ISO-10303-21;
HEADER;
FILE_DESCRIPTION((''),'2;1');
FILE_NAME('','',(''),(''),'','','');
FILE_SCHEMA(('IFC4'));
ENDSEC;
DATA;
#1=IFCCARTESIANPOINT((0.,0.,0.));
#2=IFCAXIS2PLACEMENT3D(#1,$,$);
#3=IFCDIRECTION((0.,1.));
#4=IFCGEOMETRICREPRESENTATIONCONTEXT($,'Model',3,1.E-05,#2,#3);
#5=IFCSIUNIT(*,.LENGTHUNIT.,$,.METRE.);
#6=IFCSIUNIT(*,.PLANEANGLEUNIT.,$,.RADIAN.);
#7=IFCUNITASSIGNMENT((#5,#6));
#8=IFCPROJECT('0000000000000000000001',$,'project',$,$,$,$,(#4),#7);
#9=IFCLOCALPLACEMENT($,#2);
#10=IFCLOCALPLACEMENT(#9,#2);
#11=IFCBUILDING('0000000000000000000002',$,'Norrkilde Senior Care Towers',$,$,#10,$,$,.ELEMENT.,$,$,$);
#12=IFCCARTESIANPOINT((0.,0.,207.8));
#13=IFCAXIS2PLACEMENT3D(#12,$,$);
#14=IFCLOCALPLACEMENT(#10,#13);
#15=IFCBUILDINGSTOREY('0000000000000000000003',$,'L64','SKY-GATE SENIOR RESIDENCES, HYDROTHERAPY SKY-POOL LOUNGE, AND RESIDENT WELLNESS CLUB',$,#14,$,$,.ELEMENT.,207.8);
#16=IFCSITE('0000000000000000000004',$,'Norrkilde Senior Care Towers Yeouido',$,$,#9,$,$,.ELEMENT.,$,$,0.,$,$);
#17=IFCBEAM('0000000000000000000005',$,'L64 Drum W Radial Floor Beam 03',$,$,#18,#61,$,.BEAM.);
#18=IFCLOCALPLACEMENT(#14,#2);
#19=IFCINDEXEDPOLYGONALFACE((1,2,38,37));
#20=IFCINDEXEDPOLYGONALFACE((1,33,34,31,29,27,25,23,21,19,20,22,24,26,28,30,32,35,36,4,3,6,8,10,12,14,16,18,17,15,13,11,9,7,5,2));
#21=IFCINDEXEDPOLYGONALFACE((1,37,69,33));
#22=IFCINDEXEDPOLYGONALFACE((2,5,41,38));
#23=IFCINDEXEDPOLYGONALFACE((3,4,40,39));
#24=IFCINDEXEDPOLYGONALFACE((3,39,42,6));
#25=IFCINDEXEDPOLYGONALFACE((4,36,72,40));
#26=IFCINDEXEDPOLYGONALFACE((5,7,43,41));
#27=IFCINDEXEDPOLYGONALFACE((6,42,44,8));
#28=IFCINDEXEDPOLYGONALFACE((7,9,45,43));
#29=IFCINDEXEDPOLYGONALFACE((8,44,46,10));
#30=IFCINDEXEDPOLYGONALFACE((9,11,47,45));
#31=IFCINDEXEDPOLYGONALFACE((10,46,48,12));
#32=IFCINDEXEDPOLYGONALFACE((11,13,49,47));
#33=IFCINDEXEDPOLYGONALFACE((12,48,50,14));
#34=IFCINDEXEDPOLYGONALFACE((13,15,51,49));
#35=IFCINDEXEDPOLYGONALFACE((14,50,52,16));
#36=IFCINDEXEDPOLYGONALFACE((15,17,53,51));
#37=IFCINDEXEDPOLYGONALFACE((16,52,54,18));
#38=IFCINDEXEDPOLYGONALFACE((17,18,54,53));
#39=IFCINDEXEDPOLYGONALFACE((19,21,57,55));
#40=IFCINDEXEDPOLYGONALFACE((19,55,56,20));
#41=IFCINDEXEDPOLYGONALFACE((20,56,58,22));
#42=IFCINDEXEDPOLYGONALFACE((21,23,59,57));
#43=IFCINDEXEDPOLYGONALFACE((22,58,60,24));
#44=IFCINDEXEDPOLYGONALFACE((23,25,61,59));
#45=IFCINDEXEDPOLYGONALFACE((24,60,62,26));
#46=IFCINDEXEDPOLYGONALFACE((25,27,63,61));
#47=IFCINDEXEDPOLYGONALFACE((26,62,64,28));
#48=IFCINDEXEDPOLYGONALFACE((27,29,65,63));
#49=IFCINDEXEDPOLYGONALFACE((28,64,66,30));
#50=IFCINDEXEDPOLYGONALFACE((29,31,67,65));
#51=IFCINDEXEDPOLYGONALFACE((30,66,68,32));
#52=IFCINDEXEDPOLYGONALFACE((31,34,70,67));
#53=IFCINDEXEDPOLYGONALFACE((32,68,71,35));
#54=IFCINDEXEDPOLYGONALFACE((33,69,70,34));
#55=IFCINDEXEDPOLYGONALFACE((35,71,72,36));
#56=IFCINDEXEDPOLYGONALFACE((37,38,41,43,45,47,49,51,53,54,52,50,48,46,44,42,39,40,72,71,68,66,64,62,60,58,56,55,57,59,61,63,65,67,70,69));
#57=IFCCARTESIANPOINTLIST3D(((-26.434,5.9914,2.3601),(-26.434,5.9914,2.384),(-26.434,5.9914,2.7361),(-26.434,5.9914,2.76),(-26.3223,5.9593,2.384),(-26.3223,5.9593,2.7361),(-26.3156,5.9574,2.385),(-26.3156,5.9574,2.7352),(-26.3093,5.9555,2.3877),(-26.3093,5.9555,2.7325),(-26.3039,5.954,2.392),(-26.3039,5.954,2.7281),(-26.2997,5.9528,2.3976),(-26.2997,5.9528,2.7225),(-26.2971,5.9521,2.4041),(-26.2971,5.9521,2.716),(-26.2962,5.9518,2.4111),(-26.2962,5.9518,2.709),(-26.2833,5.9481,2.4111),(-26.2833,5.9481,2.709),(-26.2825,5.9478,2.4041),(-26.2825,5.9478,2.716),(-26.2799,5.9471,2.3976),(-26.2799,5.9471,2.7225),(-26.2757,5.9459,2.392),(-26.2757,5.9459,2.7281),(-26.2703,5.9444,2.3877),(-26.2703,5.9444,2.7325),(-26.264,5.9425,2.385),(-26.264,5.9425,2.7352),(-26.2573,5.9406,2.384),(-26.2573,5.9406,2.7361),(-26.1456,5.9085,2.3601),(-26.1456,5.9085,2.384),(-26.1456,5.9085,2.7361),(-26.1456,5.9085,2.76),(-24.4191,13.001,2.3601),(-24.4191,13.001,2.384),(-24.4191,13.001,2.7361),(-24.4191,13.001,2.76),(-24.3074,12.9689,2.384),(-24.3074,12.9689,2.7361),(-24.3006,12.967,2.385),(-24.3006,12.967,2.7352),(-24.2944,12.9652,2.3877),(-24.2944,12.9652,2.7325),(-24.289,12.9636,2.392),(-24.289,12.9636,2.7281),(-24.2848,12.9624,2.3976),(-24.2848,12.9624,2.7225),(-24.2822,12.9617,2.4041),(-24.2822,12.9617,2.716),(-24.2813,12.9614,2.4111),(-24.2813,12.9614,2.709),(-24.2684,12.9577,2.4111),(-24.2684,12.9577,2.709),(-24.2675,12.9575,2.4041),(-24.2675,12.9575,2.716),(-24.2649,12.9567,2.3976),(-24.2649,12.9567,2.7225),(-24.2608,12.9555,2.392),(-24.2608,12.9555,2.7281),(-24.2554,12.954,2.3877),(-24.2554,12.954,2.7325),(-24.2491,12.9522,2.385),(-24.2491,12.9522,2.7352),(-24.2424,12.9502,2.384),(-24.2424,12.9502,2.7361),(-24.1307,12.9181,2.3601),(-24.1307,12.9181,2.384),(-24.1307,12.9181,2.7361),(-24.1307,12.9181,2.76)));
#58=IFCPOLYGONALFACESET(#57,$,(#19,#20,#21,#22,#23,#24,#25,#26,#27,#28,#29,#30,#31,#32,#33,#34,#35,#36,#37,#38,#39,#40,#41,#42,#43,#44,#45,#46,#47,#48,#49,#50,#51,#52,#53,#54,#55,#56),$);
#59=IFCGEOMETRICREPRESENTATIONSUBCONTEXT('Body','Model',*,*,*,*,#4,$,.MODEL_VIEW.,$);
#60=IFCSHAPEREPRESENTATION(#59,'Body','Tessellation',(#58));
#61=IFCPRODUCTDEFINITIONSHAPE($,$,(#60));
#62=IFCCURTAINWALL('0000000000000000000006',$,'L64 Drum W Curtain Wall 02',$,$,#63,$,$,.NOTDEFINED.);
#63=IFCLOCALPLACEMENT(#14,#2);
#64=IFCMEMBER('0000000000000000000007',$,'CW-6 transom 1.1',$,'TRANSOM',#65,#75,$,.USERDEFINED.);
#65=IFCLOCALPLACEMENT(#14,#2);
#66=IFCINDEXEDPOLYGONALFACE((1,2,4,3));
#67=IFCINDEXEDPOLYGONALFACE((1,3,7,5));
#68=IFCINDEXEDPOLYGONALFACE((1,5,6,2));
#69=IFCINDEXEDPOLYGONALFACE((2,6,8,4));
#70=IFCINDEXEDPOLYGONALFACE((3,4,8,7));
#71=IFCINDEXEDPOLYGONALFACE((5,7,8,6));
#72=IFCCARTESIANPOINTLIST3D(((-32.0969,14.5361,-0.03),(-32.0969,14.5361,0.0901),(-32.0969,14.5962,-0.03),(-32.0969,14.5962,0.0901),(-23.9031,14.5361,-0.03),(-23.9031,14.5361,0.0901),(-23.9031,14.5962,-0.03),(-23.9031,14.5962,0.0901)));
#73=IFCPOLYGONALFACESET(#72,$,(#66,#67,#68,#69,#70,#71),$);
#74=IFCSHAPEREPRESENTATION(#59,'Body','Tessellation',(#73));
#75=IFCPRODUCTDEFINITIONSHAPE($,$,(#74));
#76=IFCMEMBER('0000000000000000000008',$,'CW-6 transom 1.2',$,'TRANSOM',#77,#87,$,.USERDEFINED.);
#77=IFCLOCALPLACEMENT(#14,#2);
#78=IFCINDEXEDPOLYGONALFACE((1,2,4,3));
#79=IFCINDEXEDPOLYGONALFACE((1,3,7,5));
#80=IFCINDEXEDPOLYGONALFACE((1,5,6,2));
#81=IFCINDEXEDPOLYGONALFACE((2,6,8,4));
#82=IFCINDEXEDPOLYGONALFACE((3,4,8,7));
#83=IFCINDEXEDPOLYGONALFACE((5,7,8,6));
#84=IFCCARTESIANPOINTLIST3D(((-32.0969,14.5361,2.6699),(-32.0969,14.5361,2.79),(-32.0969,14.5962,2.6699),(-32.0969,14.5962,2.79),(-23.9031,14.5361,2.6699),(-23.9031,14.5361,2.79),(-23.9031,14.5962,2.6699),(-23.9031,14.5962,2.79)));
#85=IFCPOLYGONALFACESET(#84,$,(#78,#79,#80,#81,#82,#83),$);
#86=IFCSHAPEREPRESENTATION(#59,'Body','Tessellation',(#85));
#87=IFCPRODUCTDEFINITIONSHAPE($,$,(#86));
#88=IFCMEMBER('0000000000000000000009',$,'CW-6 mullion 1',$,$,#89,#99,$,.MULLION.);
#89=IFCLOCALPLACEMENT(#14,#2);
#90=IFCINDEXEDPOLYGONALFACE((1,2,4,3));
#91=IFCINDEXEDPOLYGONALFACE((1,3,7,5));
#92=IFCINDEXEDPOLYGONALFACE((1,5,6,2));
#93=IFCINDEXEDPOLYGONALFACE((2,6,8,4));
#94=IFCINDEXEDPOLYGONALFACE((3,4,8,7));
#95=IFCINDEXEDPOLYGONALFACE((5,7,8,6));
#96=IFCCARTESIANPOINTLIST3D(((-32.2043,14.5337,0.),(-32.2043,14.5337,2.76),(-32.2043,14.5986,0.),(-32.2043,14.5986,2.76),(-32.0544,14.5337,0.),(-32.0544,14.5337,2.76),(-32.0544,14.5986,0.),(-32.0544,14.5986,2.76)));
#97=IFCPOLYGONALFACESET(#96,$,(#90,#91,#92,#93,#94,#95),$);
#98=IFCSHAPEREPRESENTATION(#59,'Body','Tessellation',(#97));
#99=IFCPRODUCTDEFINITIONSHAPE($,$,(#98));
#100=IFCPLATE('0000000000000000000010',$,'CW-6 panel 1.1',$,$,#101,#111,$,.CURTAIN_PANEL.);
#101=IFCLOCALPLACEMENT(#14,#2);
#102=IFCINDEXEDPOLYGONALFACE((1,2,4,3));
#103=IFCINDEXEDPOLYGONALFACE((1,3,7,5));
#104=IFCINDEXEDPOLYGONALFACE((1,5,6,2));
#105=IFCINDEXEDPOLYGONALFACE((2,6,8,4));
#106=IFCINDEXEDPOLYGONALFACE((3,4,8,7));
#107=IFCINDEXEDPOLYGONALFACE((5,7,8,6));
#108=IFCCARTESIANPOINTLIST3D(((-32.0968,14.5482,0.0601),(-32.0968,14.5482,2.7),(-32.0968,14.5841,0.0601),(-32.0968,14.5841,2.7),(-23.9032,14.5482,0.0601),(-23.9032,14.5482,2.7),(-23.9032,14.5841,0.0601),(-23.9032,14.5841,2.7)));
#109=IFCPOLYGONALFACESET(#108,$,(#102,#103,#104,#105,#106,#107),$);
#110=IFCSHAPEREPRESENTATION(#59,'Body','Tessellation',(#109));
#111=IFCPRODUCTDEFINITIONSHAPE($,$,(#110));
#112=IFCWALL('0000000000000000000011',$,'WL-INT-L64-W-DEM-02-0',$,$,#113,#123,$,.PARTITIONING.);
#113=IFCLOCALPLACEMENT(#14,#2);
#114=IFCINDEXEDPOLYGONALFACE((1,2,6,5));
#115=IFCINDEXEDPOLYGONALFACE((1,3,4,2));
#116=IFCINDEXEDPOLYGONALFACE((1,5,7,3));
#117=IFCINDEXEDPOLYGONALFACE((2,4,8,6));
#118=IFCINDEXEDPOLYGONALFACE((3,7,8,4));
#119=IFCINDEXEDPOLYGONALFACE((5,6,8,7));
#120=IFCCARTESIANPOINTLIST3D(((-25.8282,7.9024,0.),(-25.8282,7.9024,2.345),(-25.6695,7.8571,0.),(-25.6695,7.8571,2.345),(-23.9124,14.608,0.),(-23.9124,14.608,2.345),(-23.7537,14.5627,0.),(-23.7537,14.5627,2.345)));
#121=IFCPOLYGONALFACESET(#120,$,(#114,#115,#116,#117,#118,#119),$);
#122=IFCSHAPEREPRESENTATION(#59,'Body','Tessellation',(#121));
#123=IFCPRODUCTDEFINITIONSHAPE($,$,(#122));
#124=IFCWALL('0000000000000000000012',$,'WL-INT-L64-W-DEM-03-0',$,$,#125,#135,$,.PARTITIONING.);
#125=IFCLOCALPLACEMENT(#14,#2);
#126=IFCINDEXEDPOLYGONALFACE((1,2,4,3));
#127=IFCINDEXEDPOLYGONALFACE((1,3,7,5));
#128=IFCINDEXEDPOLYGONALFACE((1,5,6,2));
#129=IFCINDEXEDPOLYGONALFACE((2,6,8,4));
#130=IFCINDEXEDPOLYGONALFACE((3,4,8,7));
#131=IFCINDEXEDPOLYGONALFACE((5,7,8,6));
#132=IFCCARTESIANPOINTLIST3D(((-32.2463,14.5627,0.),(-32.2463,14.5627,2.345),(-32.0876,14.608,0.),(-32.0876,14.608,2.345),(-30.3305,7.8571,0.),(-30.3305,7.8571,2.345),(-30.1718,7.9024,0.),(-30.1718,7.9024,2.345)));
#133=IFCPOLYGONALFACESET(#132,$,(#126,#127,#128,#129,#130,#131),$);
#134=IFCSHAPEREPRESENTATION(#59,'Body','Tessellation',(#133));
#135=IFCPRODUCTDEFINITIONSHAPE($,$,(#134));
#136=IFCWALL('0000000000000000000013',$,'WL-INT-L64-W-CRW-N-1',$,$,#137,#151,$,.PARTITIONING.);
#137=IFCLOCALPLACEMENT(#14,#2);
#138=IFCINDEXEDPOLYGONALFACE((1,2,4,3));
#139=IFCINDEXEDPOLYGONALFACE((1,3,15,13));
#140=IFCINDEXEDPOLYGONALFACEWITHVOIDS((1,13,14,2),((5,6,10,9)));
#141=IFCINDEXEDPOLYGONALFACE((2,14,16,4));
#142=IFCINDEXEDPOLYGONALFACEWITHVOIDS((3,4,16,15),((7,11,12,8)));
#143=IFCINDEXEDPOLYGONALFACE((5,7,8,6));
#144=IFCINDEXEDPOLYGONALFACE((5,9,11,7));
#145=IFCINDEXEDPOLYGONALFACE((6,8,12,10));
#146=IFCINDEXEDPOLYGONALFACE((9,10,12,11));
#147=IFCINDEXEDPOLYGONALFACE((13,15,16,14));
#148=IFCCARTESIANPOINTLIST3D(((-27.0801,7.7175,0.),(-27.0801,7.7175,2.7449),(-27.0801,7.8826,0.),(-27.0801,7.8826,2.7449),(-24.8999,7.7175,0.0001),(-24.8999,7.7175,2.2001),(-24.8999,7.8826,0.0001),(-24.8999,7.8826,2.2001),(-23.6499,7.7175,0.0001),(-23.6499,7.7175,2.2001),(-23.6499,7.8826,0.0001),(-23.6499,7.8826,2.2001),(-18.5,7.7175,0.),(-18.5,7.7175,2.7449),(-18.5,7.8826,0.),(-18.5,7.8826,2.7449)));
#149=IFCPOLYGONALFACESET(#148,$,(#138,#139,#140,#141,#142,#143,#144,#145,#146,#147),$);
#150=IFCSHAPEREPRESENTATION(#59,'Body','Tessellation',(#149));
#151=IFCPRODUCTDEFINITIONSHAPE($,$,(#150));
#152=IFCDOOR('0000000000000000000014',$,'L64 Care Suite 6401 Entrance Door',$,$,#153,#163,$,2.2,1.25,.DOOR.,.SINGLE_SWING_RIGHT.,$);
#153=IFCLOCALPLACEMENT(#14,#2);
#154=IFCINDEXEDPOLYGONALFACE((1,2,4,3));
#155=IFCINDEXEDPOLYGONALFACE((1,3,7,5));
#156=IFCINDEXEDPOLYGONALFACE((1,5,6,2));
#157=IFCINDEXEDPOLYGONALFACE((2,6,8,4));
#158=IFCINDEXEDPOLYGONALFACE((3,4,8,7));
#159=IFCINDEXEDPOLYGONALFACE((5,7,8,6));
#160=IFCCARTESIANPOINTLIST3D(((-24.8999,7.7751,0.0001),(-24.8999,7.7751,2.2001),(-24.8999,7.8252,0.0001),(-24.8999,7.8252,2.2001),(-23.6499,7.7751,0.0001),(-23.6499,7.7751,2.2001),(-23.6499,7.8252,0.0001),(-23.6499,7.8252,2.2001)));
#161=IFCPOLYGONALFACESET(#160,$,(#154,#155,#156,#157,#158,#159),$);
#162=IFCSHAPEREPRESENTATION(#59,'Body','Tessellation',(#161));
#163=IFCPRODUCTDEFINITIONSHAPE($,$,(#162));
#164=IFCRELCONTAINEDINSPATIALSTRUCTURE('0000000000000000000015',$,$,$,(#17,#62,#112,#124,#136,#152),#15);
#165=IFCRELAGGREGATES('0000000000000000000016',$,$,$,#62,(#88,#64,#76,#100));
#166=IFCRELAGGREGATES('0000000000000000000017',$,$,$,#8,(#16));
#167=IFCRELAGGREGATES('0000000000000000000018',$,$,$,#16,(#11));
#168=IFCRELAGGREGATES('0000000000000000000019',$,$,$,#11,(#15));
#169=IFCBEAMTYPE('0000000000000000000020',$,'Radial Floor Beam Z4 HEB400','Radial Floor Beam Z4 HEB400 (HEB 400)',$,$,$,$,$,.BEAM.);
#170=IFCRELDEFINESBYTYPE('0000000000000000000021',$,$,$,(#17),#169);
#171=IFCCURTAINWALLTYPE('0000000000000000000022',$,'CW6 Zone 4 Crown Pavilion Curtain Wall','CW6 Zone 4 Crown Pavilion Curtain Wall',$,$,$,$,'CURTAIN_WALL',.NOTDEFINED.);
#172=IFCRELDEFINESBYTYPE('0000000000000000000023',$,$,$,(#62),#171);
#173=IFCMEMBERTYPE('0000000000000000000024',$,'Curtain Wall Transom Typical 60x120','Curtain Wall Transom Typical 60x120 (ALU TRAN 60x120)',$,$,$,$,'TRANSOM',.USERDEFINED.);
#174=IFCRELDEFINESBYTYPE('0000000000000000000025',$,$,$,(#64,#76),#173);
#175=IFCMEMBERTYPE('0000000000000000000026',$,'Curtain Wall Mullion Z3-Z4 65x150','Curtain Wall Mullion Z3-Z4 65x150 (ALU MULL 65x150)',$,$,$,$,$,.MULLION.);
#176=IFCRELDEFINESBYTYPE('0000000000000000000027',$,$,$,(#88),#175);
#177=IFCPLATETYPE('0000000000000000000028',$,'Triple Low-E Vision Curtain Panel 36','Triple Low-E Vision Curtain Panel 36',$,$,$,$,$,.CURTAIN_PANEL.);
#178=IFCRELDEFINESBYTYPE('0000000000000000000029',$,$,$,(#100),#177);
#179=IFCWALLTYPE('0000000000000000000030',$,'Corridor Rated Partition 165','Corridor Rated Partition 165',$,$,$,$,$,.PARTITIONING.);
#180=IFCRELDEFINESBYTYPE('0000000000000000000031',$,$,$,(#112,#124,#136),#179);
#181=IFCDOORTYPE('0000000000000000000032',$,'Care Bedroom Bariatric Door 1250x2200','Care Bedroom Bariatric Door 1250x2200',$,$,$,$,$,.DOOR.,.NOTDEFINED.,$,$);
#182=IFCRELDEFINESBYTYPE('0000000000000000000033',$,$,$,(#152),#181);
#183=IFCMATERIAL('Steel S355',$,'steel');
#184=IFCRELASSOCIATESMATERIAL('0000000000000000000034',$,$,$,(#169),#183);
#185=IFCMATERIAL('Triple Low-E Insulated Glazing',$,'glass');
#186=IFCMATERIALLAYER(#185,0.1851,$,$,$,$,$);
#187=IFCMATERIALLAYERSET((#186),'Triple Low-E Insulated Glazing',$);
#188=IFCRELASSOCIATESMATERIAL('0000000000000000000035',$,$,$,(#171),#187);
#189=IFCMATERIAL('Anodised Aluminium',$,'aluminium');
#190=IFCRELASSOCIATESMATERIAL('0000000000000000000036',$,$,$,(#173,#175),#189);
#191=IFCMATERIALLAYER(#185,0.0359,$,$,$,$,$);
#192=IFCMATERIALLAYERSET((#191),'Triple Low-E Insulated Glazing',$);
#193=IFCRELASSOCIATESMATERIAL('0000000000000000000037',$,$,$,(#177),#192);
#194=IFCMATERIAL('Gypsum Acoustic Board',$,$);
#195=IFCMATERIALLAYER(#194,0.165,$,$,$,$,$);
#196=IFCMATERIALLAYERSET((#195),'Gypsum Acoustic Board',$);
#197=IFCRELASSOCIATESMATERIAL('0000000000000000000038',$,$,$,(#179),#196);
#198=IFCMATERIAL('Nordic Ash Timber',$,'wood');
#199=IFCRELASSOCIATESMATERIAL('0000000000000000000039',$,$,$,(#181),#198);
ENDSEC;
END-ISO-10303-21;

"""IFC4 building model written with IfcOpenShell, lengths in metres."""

from ifc_helpers import new_model, si_unit, direction, frame, frame_2d, origin, origin_2d, place, context, subcontext, project, spatial, rectangle, i_section, extrude, source, transform, mapped, material, layer, layer_set, material_profile, profile_set, type_object, type_shapes, element, fill, aggregate, save


model = new_model("IFC4")

# Units and contexts
model_context = context("Model", 3, precision=1e-05, world=origin(), true_north=direction((0.0, 1.0)))
body_context = subcontext(model_context, "Body", "Model", "MODEL_VIEW")
ifc_project = project(units=[si_unit("LENGTHUNIT", "METRE"), si_unit("PLANEANGLEUNIT", "RADIAN")], contexts=[model_context])

# Site, building, storey
site_placement = place(None, origin())
site = spatial("IfcSite", under=ifc_project, at=site_placement, Name="Norrkilde Senior Care Towers Yeouido", CompositionType="ELEMENT", RefElevation=0.0)
building_placement = place(site_placement, origin())
building = spatial("IfcBuilding", under=site, at=building_placement, Name="Norrkilde Senior Care Towers", CompositionType="ELEMENT")
storey_placement = place(building_placement, frame((0.0, 0.0, 207.8)))
storey = spatial("IfcBuildingStorey", under=building, at=storey_placement, Name="L64", Description="SKY-GATE SENIOR RESIDENCES, HYDROTHERAPY SKY-POOL LOUNGE, AND RESIDENT WELLNESS CLUB", CompositionType="ELEMENT", Elevation=207.8)

# Beam
ifc_material_1 = material(Name="Steel S355", Category="steel")
ifc_material_profile_1 = material_profile(ifc_material_1, i_section(OverallWidth=0.3, OverallDepth=0.3999, WebThickness=0.0134, FlangeThickness=0.0239, FilletRadius=0.0271, at=origin_2d()), Name="HEB 400")
ifc_profile_set_1 = profile_set([ifc_material_profile_1], Name="Steel S355")
beam_type_1 = type_object("IfcBeamType", Name="Radial Floor Beam Z4 HEB400", Description="Radial Floor Beam Z4 HEB400 (HEB 400)", PredefinedType="BEAM", material=ifc_profile_set_1)
shared_shape_1 = source(origin(), body_context, "Body", "SweptSolid", [
    extrude(i_section(OverallWidth=0.3, OverallDepth=0.3999, WebThickness=0.0134, FlangeThickness=0.0239, FilletRadius=0.0271, at=origin_2d()), origin(), (0.0, 0.0, 1.0), 7.2935),
])
type_shapes(beam_type_1, [shared_shape_1])
beam_1_placement = place(storey_placement, frame((-26.2898, 5.95, 2.5601), z_axis=(0.276264, 0.961082, 0.0), x_axis=(-0.961082, 0.276264, 0.0)))
element("IfcBeam", 1, at=beam_1_placement, inside=storey, type_object=beam_type_1, Name="L64 Drum W Radial Floor Beam 03", PredefinedType="BEAM", context=body_context, shape_type="MappedRepresentation", body=[
    mapped(shared_shape_1, transform((0.0, 0.0, 0.0), x_axis=(1.0, 0.0, 0.0), y_axis=(0.0, 1.0, 0.0), z_axis=(0.0, 0.0, 1.0), scale=1.0)),
])

# Curtain wall, members, plate
ifc_material_2 = material(Name="Triple Low-E Insulated Glazing", Category="glass")
ifc_layer_1 = layer(ifc_material_2, 0.1851)
ifc_layer_set_1 = layer_set([ifc_layer_1], Name="Triple Low-E Insulated Glazing")
curtain_wall_type = type_object("IfcCurtainWallType", Name="CW6 Zone 4 Crown Pavilion Curtain Wall", Description="CW6 Zone 4 Crown Pavilion Curtain Wall", ElementType="CURTAIN_WALL", PredefinedType="NOTDEFINED", material=ifc_layer_set_1)
curtain_wall_placement = place(storey_placement, origin())
curtain_wall = element("IfcCurtainWall", 2, at=curtain_wall_placement, inside=storey, type_object=curtain_wall_type, Name="L64 Drum W Curtain Wall 02", PredefinedType="NOTDEFINED")
ifc_material_3 = material(Name="Anodised Aluminium", Category="aluminium")
ifc_material_profile_2 = material_profile(ifc_material_3, rectangle(XDim=0.0601, YDim=0.1201, at=origin_2d()), Name="ALU TRAN 60x120")
ifc_profile_set_2 = profile_set([ifc_material_profile_2], Name="Anodised Aluminium")
member_type_1 = type_object("IfcMemberType", Name="Curtain Wall Transom Typical 60x120", Description="Curtain Wall Transom Typical 60x120 (ALU TRAN 60x120)", ElementType="TRANSOM", PredefinedType="USERDEFINED", material=ifc_profile_set_2)
shared_shape_2 = source(origin(), body_context, "Body", "SweptSolid", [
    extrude(rectangle(XDim=0.0601, YDim=0.1201, at=origin_2d()), origin(), (0.0, 0.0, 1.0), 8.1938),
])
type_shapes(member_type_1, [shared_shape_2])
member_1_placement = place(storey_placement, frame((-32.0969, 14.5662, 0.03), z_axis=(1.0, 0.0, 0.0), x_axis=(0.0, 1.0, 0.0)))
member_1 = element("IfcMember", 3, at=member_1_placement, type_object=member_type_1, Name="CW-6 transom 1.1", ObjectType="TRANSOM", PredefinedType="USERDEFINED", context=body_context, shape_type="MappedRepresentation", body=[
    mapped(shared_shape_2, transform((0.0, 0.0, 0.0), x_axis=(1.0, 0.0, 0.0), y_axis=(0.0, 1.0, 0.0), z_axis=(0.0, 0.0, 1.0), scale=1.0)),
])
member_2_placement = place(storey_placement, frame((-32.0969, 14.5662, 2.73), z_axis=(1.0, 0.0, 0.0), x_axis=(0.0, 1.0, 0.0)))
member_2 = element("IfcMember", 4, at=member_2_placement, type_object=member_type_1, Name="CW-6 transom 1.2", ObjectType="TRANSOM", PredefinedType="USERDEFINED", context=body_context, shape_type="MappedRepresentation", body=[
    mapped(shared_shape_2, transform((0.0, 0.0, 0.0), x_axis=(1.0, 0.0, 0.0), y_axis=(0.0, 1.0, 0.0), z_axis=(0.0, 0.0, 1.0), scale=1.0)),
])
ifc_material_profile_3 = material_profile(ifc_material_3, rectangle(XDim=0.0649, YDim=0.1499, at=origin_2d()), Name="ALU MULL 65x150")
ifc_profile_set_3 = profile_set([ifc_material_profile_3], Name="Anodised Aluminium")
member_type_2 = type_object("IfcMemberType", Name="Curtain Wall Mullion Z3-Z4 65x150", Description="Curtain Wall Mullion Z3-Z4 65x150 (ALU MULL 65x150)", PredefinedType="MULLION", material=ifc_profile_set_3)
shared_shape_3 = source(origin(), body_context, "Body", "SweptSolid", [
    extrude(rectangle(XDim=0.0649, YDim=0.1499, at=origin_2d()), origin(), (0.0, 0.0, 1.0), 2.76),
])
type_shapes(member_type_2, [shared_shape_3])
member_3_placement = place(storey_placement, frame((-32.1294, 14.5662, 0.0), z_axis=(0.0, 0.0, 1.0), x_axis=(0.0, 1.0, 0.0)))
member_3 = element("IfcMember", 5, at=member_3_placement, type_object=member_type_2, Name="CW-6 mullion 1", PredefinedType="MULLION", context=body_context, shape_type="MappedRepresentation", body=[
    mapped(shared_shape_3, transform((0.0, 0.0, 0.0), x_axis=(1.0, 0.0, 0.0), y_axis=(0.0, 1.0, 0.0), z_axis=(0.0, 0.0, 1.0), scale=1.0)),
])
ifc_layer_2 = layer(ifc_material_2, 0.0359)
ifc_layer_set_2 = layer_set([ifc_layer_2], Name="Triple Low-E Insulated Glazing")
plate_type = type_object("IfcPlateType", Name="Triple Low-E Vision Curtain Panel 36", Description="Triple Low-E Vision Curtain Panel 36", PredefinedType="CURTAIN_PANEL", material=ifc_layer_set_2)
shared_shape_4 = source(origin(), body_context, "Body", "SweptSolid", [
    extrude(rectangle(XDim=8.1936, YDim=0.0359, at=origin_2d()), origin(), (0.0, 0.0, 1.0), 2.6399),
])
type_shapes(plate_type, [shared_shape_4])
plate_placement = place(storey_placement, frame((-28.0, 14.5662, 0.0601), z_axis=(0.0, 0.0, 1.0), x_axis=(1.0, 0.0, 0.0)))
plate = element("IfcPlate", 6, at=plate_placement, type_object=plate_type, Name="CW-6 panel 1.1", PredefinedType="CURTAIN_PANEL", context=body_context, shape_type="MappedRepresentation", body=[
    mapped(shared_shape_4, transform((0.0, 0.0, 0.0), x_axis=(1.0, 0.0, 0.0), y_axis=(0.0, 1.0, 0.0), z_axis=(0.0, 0.0, 1.0), scale=1.0)),
])
aggregate(curtain_wall, [member_3, member_1, member_2, plate])

# Walls
ifc_material_4 = material(Name="Gypsum Acoustic Board")
ifc_layer_3 = layer(ifc_material_4, 0.165)
ifc_layer_set_3 = layer_set([ifc_layer_3], Name="Gypsum Acoustic Board")
wall_type = type_object("IfcWallType", Name="Corridor Rated Partition 165", Description="Corridor Rated Partition 165", PredefinedType="PARTITIONING", material=ifc_layer_set_3)
shared_shape_5 = source(origin(), body_context, "Body", "SweptSolid", [
    extrude(rectangle(XDim=6.9739, YDim=0.165, at=frame_2d((3.4868, 0.0))), origin(), (0.0, 0.0, 1.0), 2.345),
])
for number, where, z_axis, x_axis, name in (
    (7, (-25.7488, 7.8799, 0.0), (0.0, 0.0, 1.0), (0.274707, 0.961528, 0.0), "WL-INT-L64-W-DEM-02-0"),
    (8, (-30.2512, 7.8799, 0.0), (0.0, 0.0, 1.0), (-0.274707, 0.961528, 0.0), "WL-INT-L64-W-DEM-03-0"),
):
    element("IfcWall", number, at=place(storey_placement, frame(where, z_axis=z_axis, x_axis=x_axis)), inside=storey, type_object=wall_type, Name=name, PredefinedType="PARTITIONING", context=body_context, shape_type="MappedRepresentation", body=[
        mapped(shared_shape_5, transform((0.0, 0.0, 0.0), x_axis=(1.0, 0.0, 0.0), y_axis=(0.0, 1.0, 0.0), z_axis=(0.0, 0.0, 1.0), scale=1.0)),
    ])

# Wall, opening, door
shared_shape_6 = source(origin(), body_context, "Body", "SweptSolid", [
    extrude(rectangle(XDim=8.5801, YDim=0.165, at=frame_2d((4.29, 0.0))), origin(), (0.0, 0.0, 1.0), 2.7449),
])
wall_1_placement = place(storey_placement, frame((-27.0801, 7.8, 0.0), z_axis=(0.0, 0.0, 1.0), x_axis=(1.0, 0.0, 0.0)))
wall_1 = element("IfcWall", 9, at=wall_1_placement, inside=storey, type_object=wall_type, Name="WL-INT-L64-W-CRW-N-1", PredefinedType="PARTITIONING", context=body_context, shape_type="MappedRepresentation", body=[
    mapped(shared_shape_6, transform((0.0, 0.0, 0.0), x_axis=(1.0, 0.0, 0.0), y_axis=(0.0, 1.0, 0.0), z_axis=(0.0, 0.0, 1.0), scale=1.0)),
])
opening_1_placement = place(wall_1_placement, frame((2.1802, 0.0, 0.0)))
opening_1 = element("IfcOpeningElement", 10, at=opening_1_placement, cuts=wall_1, PredefinedType="OPENING", context=body_context, shape_type="SweptSolid", body=[
    extrude(rectangle(XDim=1.25, YDim=2.2, at=frame_2d((0.625, 1.1001))), frame((0.0, 0.0925, 0.0), z_axis=(0.0, -1.0, 0.0), x_axis=(1.0, 0.0, 0.0)), (0.0, 0.0, 1.0), 0.1851),
])
ifc_material_5 = material(Name="Nordic Ash Timber", Category="wood")
door_type_1 = type_object("IfcDoorType", Name="Care Bedroom Bariatric Door 1250x2200", Description="Care Bedroom Bariatric Door 1250x2200", OperationType="NOTDEFINED", PredefinedType="DOOR", material=ifc_material_5)
shared_shape_7 = source(origin(), body_context, "Body", "SweptSolid", [
    extrude(rectangle(XDim=1.25, YDim=2.2, at=frame_2d((0.625, 1.1001))), frame((0.0, 0.0249, 0.0), z_axis=(0.0, -1.0, 0.0), x_axis=(1.0, 0.0, 0.0)), (0.0, 0.0, 1.0), 0.05),
])
type_shapes(door_type_1, [shared_shape_7])
door_1_placement = place(opening_1_placement, frame((1.25, 0.0, 0.0), z_axis=(0.0, 0.0, 1.0), x_axis=(-1.0, 0.0, 0.0)))
door_1 = element("IfcDoor", 11, at=door_1_placement, inside=storey, type_object=door_type_1, Name="L64 Care Suite 6401 Entrance Door", OperationType="SINGLE_SWING_RIGHT", OverallHeight=2.2, OverallWidth=1.25, PredefinedType="DOOR", context=body_context, shape_type="MappedRepresentation", body=[
    mapped(shared_shape_7, transform((0.0, 0.0, 0.0), x_axis=(1.0, 0.0, 0.0), y_axis=(0.0, 1.0, 0.0), z_axis=(0.0, 0.0, 1.0), scale=1.0)),
])
fill(opening_1, door_1)

save(model, "model.ifc")
